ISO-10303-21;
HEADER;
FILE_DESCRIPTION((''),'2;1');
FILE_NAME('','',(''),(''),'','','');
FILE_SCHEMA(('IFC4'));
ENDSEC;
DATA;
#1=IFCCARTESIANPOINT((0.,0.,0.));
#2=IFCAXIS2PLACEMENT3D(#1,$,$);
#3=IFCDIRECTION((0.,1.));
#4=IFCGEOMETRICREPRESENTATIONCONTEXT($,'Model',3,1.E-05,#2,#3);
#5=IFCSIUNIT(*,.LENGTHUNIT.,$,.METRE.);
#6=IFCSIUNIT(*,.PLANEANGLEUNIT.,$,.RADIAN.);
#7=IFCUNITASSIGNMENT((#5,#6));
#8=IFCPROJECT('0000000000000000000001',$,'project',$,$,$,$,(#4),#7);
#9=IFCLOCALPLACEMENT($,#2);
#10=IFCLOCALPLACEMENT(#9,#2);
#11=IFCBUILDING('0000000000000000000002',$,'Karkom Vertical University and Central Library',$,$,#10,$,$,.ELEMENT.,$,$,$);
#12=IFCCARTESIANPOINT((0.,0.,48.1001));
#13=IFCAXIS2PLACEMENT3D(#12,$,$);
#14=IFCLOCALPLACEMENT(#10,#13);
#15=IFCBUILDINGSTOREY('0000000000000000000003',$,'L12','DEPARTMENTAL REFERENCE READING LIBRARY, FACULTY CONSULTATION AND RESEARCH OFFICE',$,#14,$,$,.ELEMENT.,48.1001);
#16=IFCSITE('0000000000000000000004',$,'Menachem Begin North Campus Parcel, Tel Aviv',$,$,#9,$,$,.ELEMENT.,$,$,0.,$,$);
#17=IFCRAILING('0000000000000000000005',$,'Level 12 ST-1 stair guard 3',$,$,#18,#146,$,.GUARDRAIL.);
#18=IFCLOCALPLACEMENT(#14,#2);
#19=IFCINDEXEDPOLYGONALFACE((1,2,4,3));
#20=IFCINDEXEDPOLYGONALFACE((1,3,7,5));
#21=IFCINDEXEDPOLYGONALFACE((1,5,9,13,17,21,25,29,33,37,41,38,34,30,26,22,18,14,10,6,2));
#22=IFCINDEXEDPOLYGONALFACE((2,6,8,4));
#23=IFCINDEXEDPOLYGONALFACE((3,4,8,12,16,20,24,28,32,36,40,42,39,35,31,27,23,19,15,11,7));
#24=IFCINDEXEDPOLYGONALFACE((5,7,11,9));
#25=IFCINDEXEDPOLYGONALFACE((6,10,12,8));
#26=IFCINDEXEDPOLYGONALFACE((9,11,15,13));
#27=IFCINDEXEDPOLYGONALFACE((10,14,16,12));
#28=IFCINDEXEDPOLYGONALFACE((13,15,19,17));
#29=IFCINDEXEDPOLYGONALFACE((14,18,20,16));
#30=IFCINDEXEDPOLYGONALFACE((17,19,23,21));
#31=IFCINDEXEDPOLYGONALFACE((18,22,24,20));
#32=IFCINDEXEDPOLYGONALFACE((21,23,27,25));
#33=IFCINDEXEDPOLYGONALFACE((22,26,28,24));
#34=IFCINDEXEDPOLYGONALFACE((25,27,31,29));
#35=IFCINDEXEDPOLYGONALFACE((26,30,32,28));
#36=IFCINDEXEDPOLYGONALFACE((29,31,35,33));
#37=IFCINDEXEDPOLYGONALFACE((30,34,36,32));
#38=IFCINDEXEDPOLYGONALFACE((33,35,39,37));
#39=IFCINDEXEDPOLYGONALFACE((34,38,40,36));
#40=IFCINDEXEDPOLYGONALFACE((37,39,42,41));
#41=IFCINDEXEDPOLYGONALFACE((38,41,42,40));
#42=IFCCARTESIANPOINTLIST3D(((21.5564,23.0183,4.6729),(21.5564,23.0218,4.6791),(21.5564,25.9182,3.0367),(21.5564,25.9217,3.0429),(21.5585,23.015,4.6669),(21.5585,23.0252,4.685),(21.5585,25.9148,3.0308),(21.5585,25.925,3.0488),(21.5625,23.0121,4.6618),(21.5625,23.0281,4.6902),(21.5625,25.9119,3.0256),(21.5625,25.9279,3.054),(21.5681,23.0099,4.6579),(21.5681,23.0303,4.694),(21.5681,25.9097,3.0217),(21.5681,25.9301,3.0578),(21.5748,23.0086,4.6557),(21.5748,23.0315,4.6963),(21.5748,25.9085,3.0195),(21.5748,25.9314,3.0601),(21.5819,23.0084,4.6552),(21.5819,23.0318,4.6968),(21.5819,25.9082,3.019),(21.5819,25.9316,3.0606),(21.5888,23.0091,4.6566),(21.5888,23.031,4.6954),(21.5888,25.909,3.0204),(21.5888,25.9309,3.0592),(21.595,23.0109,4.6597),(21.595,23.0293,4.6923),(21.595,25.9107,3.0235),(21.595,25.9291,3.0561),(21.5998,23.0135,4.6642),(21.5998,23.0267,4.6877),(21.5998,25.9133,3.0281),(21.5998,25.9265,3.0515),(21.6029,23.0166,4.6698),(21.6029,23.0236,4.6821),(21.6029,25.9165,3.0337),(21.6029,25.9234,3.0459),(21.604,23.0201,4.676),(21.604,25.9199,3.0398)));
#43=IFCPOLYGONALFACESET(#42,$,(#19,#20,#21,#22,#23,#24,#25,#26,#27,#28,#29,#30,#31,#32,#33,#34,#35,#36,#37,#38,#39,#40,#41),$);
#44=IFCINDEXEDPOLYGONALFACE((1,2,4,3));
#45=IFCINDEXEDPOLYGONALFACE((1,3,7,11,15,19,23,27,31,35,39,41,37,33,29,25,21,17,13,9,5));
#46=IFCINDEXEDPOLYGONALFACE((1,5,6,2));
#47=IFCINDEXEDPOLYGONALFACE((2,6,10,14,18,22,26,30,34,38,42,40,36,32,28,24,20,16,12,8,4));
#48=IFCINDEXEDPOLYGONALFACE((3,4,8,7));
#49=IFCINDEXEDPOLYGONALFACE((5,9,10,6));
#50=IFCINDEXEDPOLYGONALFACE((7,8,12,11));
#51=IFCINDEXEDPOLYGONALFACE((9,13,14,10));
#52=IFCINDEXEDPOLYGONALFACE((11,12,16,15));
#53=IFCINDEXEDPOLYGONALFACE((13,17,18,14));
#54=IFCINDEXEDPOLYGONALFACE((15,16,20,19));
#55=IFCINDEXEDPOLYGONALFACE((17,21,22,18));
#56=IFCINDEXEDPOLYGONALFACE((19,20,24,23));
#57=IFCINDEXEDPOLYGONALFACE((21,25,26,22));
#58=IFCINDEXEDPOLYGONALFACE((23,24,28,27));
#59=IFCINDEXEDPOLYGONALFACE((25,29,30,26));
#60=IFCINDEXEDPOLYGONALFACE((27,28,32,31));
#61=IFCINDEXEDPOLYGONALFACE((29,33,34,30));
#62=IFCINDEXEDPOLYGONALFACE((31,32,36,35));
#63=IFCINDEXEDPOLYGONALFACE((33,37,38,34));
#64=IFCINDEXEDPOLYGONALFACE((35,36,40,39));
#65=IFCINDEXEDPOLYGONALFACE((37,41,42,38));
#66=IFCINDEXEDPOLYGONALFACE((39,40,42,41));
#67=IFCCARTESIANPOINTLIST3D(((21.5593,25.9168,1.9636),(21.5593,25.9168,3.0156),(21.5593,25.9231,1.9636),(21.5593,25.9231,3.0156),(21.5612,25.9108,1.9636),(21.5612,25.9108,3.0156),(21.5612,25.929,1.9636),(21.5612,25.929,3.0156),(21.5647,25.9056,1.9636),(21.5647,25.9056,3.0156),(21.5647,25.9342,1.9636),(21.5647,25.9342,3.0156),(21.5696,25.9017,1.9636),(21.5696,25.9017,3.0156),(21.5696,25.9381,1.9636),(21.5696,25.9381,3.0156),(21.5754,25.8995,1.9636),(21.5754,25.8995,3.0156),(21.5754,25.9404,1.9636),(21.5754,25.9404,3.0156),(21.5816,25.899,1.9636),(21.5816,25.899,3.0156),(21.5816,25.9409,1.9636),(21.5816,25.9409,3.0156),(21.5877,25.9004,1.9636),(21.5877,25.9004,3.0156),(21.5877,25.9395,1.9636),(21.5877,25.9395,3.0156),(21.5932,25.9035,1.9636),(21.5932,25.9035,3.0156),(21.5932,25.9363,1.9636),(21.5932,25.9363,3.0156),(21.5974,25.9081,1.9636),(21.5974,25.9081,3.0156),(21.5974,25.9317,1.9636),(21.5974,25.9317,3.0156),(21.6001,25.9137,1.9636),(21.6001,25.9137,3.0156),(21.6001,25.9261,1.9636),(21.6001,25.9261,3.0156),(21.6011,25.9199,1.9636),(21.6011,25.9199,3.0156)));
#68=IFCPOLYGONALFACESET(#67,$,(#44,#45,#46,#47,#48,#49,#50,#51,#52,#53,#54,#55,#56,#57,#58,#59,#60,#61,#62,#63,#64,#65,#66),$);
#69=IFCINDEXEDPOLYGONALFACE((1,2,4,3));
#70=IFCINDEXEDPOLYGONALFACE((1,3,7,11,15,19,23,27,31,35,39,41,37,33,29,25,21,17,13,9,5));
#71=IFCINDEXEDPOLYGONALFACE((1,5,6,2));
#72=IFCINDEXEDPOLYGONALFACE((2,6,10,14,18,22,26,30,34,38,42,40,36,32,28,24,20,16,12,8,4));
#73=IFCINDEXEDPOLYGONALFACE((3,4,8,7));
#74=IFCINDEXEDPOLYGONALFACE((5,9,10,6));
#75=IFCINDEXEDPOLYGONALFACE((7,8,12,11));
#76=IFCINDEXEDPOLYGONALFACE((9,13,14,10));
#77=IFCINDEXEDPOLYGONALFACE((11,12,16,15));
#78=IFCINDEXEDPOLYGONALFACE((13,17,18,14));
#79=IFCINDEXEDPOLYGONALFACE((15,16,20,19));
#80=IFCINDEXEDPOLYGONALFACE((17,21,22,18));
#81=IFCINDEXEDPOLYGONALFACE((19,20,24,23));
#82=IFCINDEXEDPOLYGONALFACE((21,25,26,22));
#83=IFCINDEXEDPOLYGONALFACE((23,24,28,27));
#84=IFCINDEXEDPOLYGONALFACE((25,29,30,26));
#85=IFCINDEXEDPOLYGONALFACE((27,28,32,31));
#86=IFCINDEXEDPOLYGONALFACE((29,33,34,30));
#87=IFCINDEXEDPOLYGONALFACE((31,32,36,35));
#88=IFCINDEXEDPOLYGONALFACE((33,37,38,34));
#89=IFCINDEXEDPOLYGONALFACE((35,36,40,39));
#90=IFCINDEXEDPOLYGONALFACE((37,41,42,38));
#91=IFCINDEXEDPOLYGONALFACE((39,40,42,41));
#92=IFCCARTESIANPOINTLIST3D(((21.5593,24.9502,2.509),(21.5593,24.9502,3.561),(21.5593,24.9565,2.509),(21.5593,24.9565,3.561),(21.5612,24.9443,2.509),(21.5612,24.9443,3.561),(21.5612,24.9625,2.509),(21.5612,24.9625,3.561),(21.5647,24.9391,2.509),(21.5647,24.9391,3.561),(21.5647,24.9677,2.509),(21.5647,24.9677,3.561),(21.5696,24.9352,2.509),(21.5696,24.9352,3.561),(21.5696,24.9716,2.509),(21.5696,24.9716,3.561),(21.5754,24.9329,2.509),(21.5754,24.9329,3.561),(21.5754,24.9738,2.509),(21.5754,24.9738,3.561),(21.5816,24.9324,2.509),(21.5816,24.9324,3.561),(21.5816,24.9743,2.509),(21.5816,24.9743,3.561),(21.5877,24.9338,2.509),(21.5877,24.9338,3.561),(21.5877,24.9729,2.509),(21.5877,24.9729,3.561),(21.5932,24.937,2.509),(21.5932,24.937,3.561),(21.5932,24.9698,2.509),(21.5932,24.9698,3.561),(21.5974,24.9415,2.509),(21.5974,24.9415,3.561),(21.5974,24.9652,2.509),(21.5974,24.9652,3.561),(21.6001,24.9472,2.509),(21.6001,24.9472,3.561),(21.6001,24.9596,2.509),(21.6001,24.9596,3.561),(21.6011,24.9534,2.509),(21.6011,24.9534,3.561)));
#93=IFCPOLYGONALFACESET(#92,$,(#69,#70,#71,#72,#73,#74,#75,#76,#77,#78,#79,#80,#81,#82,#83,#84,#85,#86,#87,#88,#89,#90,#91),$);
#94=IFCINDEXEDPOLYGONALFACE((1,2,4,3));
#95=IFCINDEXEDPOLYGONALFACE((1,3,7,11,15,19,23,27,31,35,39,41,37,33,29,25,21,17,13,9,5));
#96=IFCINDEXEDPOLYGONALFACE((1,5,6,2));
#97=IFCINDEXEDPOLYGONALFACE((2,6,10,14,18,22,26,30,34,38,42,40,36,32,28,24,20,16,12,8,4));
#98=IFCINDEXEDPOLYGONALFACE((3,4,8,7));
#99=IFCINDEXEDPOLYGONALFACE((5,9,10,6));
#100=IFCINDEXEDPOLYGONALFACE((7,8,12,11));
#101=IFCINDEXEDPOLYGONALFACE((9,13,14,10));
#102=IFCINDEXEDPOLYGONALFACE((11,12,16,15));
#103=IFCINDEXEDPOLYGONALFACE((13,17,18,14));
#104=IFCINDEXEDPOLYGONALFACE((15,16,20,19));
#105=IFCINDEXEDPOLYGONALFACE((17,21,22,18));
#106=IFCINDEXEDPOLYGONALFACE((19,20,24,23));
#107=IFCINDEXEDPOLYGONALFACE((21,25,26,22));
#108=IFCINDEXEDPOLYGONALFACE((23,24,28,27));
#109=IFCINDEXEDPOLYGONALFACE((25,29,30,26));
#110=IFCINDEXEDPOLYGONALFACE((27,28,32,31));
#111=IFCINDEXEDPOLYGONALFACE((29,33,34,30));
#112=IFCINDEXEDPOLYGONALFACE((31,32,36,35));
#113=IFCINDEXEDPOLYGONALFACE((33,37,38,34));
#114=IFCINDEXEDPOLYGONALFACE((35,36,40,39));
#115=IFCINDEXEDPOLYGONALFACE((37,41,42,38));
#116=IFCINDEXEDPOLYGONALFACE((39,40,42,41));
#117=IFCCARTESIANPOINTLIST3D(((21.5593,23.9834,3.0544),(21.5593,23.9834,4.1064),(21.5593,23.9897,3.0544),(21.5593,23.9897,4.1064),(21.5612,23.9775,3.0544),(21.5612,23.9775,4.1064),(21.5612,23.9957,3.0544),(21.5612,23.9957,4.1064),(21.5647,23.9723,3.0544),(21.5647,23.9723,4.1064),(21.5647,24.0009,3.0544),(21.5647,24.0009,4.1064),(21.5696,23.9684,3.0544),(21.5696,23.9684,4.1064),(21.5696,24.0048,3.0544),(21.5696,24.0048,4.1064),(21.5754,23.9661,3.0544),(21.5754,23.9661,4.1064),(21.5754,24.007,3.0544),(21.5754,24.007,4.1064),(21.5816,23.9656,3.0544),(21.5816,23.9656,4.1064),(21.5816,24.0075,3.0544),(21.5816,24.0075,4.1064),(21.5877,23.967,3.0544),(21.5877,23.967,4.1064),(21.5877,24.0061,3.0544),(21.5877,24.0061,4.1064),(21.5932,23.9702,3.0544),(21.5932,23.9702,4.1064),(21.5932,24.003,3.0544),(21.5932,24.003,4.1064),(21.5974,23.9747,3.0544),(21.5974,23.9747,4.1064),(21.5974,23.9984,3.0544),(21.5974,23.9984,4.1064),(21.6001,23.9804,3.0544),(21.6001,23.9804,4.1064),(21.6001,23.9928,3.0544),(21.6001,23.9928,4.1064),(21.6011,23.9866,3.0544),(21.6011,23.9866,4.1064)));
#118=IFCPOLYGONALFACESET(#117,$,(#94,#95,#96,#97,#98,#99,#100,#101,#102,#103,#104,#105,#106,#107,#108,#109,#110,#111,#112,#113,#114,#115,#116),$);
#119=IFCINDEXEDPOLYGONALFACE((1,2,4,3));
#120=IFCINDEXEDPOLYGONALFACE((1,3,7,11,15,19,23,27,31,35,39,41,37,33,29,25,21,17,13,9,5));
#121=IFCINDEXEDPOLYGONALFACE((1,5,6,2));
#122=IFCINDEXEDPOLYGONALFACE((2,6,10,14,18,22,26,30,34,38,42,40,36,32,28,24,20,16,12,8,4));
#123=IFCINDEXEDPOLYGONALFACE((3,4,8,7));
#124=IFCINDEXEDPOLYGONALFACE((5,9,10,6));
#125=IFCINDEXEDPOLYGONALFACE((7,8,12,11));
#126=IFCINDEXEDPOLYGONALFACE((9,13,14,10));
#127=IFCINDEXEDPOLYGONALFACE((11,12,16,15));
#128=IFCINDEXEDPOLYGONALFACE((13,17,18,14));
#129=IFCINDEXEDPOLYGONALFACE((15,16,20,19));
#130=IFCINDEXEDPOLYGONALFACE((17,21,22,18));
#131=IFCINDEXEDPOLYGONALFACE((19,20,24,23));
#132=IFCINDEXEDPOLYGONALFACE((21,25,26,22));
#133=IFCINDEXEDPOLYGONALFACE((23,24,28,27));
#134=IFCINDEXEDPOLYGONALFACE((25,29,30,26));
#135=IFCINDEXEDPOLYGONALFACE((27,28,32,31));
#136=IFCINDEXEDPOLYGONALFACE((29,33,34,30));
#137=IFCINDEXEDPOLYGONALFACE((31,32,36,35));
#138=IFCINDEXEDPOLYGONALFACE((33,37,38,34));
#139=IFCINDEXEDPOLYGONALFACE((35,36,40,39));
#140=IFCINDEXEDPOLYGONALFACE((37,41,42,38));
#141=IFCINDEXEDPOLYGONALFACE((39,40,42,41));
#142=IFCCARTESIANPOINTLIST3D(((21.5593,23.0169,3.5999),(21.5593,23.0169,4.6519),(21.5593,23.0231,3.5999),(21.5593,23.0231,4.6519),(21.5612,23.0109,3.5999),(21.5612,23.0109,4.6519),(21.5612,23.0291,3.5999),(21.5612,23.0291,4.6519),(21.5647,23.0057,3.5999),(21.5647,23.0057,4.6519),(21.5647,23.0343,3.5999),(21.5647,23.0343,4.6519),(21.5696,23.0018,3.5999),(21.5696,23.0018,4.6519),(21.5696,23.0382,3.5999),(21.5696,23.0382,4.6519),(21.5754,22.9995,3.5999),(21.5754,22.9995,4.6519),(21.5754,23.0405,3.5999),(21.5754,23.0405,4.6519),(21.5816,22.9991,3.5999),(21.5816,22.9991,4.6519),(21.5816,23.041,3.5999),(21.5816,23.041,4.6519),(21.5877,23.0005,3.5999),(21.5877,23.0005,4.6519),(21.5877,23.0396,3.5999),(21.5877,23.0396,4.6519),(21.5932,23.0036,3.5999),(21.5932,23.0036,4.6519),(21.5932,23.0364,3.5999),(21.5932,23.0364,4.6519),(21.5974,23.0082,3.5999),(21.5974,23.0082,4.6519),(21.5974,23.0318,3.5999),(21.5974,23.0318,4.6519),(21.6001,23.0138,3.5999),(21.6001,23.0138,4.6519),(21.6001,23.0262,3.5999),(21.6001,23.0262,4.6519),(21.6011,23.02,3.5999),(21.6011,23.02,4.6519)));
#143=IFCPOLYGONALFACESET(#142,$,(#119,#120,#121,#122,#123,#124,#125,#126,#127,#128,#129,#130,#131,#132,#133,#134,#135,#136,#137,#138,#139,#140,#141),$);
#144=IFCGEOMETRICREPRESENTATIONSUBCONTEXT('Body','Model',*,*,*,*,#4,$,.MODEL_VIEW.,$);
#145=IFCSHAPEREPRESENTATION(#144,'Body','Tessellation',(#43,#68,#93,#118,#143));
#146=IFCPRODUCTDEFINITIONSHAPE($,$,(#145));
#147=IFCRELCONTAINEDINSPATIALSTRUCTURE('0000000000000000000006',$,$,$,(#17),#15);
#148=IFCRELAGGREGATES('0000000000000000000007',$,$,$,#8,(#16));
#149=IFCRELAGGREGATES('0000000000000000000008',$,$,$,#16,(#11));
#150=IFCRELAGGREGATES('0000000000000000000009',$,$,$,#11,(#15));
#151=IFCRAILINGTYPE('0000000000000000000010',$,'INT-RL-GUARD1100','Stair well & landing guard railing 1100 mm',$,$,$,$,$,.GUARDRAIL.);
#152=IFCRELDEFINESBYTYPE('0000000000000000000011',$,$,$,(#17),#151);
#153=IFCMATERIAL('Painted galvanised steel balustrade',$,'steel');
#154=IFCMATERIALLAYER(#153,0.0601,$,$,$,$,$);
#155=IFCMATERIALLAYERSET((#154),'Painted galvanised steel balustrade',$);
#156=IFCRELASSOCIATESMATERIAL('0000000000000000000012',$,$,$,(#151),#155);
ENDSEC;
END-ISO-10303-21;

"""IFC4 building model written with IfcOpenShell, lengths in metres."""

from ifc_helpers import new_model, si_unit, direction, frame, origin, origin_2d, place, context, subcontext, project, spatial, circle, extrude, material, layer, layer_set, type_object, element, save


model = new_model("IFC4")

# Units and contexts
model_context = context("Model", 3, precision=1e-05, world=origin(), true_north=direction((0.0, 1.0)))
body_context = subcontext(model_context, "Body", "Model", "MODEL_VIEW")
ifc_project = project(units=[si_unit("LENGTHUNIT", "METRE"), si_unit("PLANEANGLEUNIT", "RADIAN")], contexts=[model_context])

# Site, building, storey
site_placement = place(None, origin())
site = spatial("IfcSite", under=ifc_project, at=site_placement, Name="Menachem Begin North Campus Parcel, Tel Aviv", CompositionType="ELEMENT", RefElevation=0.0)
building_placement = place(site_placement, origin())
building = spatial("IfcBuilding", under=site, at=building_placement, Name="Karkom Vertical University and Central Library", CompositionType="ELEMENT")
storey_placement = place(building_placement, frame((0.0, 0.0, 48.1001)))
storey = spatial("IfcBuildingStorey", under=building, at=storey_placement, Name="L12", Description="DEPARTMENTAL REFERENCE READING LIBRARY, FACULTY CONSULTATION AND RESEARCH OFFICE", CompositionType="ELEMENT", Elevation=48.1001)

# Railing
ifc_material_1 = material(Name="Painted galvanised steel balustrade", Category="steel")
ifc_layer_1 = layer(ifc_material_1, 0.0601)
ifc_layer_set_1 = layer_set([ifc_layer_1], Name="Painted galvanised steel balustrade")
railing_type_1 = type_object("IfcRailingType", Name="INT-RL-GUARD1100", Description="Stair well & landing guard railing 1100 mm", PredefinedType="GUARDRAIL", material=ifc_layer_set_1)
railing_1_placement = place(storey_placement, frame((21.5801, 25.9199, 1.9636)))
element("IfcRailing", 1, at=railing_1_placement, inside=storey, type_object=railing_type_1, Name="Level 12 ST-1 stair guard 3", PredefinedType="GUARDRAIL", context=body_context, shape_type="SweptSolid", body=[
    extrude(circle(Radius=0.0239, at=origin_2d()), frame((0.0, 0.0, 1.0762), z_axis=(0.0, -0.870929, 0.49141), x_axis=(1.0, 0.0, 0.0)), (0.0, 0.0, 1.0), 3.3296),
    extrude(circle(Radius=0.021, at=origin_2d()), origin(), (0.0, 0.0, 1.0), 1.052),
    extrude(circle(Radius=0.021, at=origin_2d()), frame((0.0, -0.9666, 0.5454)), (0.0, 0.0, 1.0), 1.052),
    extrude(circle(Radius=0.021, at=origin_2d()), frame((0.0, -1.9333, 1.0908)), (0.0, 0.0, 1.0), 1.052),
    extrude(circle(Radius=0.021, at=origin_2d()), frame((0.0, -2.8999, 1.6362)), (0.0, 0.0, 1.0), 1.052),
])

save(model, "model.ifc")
